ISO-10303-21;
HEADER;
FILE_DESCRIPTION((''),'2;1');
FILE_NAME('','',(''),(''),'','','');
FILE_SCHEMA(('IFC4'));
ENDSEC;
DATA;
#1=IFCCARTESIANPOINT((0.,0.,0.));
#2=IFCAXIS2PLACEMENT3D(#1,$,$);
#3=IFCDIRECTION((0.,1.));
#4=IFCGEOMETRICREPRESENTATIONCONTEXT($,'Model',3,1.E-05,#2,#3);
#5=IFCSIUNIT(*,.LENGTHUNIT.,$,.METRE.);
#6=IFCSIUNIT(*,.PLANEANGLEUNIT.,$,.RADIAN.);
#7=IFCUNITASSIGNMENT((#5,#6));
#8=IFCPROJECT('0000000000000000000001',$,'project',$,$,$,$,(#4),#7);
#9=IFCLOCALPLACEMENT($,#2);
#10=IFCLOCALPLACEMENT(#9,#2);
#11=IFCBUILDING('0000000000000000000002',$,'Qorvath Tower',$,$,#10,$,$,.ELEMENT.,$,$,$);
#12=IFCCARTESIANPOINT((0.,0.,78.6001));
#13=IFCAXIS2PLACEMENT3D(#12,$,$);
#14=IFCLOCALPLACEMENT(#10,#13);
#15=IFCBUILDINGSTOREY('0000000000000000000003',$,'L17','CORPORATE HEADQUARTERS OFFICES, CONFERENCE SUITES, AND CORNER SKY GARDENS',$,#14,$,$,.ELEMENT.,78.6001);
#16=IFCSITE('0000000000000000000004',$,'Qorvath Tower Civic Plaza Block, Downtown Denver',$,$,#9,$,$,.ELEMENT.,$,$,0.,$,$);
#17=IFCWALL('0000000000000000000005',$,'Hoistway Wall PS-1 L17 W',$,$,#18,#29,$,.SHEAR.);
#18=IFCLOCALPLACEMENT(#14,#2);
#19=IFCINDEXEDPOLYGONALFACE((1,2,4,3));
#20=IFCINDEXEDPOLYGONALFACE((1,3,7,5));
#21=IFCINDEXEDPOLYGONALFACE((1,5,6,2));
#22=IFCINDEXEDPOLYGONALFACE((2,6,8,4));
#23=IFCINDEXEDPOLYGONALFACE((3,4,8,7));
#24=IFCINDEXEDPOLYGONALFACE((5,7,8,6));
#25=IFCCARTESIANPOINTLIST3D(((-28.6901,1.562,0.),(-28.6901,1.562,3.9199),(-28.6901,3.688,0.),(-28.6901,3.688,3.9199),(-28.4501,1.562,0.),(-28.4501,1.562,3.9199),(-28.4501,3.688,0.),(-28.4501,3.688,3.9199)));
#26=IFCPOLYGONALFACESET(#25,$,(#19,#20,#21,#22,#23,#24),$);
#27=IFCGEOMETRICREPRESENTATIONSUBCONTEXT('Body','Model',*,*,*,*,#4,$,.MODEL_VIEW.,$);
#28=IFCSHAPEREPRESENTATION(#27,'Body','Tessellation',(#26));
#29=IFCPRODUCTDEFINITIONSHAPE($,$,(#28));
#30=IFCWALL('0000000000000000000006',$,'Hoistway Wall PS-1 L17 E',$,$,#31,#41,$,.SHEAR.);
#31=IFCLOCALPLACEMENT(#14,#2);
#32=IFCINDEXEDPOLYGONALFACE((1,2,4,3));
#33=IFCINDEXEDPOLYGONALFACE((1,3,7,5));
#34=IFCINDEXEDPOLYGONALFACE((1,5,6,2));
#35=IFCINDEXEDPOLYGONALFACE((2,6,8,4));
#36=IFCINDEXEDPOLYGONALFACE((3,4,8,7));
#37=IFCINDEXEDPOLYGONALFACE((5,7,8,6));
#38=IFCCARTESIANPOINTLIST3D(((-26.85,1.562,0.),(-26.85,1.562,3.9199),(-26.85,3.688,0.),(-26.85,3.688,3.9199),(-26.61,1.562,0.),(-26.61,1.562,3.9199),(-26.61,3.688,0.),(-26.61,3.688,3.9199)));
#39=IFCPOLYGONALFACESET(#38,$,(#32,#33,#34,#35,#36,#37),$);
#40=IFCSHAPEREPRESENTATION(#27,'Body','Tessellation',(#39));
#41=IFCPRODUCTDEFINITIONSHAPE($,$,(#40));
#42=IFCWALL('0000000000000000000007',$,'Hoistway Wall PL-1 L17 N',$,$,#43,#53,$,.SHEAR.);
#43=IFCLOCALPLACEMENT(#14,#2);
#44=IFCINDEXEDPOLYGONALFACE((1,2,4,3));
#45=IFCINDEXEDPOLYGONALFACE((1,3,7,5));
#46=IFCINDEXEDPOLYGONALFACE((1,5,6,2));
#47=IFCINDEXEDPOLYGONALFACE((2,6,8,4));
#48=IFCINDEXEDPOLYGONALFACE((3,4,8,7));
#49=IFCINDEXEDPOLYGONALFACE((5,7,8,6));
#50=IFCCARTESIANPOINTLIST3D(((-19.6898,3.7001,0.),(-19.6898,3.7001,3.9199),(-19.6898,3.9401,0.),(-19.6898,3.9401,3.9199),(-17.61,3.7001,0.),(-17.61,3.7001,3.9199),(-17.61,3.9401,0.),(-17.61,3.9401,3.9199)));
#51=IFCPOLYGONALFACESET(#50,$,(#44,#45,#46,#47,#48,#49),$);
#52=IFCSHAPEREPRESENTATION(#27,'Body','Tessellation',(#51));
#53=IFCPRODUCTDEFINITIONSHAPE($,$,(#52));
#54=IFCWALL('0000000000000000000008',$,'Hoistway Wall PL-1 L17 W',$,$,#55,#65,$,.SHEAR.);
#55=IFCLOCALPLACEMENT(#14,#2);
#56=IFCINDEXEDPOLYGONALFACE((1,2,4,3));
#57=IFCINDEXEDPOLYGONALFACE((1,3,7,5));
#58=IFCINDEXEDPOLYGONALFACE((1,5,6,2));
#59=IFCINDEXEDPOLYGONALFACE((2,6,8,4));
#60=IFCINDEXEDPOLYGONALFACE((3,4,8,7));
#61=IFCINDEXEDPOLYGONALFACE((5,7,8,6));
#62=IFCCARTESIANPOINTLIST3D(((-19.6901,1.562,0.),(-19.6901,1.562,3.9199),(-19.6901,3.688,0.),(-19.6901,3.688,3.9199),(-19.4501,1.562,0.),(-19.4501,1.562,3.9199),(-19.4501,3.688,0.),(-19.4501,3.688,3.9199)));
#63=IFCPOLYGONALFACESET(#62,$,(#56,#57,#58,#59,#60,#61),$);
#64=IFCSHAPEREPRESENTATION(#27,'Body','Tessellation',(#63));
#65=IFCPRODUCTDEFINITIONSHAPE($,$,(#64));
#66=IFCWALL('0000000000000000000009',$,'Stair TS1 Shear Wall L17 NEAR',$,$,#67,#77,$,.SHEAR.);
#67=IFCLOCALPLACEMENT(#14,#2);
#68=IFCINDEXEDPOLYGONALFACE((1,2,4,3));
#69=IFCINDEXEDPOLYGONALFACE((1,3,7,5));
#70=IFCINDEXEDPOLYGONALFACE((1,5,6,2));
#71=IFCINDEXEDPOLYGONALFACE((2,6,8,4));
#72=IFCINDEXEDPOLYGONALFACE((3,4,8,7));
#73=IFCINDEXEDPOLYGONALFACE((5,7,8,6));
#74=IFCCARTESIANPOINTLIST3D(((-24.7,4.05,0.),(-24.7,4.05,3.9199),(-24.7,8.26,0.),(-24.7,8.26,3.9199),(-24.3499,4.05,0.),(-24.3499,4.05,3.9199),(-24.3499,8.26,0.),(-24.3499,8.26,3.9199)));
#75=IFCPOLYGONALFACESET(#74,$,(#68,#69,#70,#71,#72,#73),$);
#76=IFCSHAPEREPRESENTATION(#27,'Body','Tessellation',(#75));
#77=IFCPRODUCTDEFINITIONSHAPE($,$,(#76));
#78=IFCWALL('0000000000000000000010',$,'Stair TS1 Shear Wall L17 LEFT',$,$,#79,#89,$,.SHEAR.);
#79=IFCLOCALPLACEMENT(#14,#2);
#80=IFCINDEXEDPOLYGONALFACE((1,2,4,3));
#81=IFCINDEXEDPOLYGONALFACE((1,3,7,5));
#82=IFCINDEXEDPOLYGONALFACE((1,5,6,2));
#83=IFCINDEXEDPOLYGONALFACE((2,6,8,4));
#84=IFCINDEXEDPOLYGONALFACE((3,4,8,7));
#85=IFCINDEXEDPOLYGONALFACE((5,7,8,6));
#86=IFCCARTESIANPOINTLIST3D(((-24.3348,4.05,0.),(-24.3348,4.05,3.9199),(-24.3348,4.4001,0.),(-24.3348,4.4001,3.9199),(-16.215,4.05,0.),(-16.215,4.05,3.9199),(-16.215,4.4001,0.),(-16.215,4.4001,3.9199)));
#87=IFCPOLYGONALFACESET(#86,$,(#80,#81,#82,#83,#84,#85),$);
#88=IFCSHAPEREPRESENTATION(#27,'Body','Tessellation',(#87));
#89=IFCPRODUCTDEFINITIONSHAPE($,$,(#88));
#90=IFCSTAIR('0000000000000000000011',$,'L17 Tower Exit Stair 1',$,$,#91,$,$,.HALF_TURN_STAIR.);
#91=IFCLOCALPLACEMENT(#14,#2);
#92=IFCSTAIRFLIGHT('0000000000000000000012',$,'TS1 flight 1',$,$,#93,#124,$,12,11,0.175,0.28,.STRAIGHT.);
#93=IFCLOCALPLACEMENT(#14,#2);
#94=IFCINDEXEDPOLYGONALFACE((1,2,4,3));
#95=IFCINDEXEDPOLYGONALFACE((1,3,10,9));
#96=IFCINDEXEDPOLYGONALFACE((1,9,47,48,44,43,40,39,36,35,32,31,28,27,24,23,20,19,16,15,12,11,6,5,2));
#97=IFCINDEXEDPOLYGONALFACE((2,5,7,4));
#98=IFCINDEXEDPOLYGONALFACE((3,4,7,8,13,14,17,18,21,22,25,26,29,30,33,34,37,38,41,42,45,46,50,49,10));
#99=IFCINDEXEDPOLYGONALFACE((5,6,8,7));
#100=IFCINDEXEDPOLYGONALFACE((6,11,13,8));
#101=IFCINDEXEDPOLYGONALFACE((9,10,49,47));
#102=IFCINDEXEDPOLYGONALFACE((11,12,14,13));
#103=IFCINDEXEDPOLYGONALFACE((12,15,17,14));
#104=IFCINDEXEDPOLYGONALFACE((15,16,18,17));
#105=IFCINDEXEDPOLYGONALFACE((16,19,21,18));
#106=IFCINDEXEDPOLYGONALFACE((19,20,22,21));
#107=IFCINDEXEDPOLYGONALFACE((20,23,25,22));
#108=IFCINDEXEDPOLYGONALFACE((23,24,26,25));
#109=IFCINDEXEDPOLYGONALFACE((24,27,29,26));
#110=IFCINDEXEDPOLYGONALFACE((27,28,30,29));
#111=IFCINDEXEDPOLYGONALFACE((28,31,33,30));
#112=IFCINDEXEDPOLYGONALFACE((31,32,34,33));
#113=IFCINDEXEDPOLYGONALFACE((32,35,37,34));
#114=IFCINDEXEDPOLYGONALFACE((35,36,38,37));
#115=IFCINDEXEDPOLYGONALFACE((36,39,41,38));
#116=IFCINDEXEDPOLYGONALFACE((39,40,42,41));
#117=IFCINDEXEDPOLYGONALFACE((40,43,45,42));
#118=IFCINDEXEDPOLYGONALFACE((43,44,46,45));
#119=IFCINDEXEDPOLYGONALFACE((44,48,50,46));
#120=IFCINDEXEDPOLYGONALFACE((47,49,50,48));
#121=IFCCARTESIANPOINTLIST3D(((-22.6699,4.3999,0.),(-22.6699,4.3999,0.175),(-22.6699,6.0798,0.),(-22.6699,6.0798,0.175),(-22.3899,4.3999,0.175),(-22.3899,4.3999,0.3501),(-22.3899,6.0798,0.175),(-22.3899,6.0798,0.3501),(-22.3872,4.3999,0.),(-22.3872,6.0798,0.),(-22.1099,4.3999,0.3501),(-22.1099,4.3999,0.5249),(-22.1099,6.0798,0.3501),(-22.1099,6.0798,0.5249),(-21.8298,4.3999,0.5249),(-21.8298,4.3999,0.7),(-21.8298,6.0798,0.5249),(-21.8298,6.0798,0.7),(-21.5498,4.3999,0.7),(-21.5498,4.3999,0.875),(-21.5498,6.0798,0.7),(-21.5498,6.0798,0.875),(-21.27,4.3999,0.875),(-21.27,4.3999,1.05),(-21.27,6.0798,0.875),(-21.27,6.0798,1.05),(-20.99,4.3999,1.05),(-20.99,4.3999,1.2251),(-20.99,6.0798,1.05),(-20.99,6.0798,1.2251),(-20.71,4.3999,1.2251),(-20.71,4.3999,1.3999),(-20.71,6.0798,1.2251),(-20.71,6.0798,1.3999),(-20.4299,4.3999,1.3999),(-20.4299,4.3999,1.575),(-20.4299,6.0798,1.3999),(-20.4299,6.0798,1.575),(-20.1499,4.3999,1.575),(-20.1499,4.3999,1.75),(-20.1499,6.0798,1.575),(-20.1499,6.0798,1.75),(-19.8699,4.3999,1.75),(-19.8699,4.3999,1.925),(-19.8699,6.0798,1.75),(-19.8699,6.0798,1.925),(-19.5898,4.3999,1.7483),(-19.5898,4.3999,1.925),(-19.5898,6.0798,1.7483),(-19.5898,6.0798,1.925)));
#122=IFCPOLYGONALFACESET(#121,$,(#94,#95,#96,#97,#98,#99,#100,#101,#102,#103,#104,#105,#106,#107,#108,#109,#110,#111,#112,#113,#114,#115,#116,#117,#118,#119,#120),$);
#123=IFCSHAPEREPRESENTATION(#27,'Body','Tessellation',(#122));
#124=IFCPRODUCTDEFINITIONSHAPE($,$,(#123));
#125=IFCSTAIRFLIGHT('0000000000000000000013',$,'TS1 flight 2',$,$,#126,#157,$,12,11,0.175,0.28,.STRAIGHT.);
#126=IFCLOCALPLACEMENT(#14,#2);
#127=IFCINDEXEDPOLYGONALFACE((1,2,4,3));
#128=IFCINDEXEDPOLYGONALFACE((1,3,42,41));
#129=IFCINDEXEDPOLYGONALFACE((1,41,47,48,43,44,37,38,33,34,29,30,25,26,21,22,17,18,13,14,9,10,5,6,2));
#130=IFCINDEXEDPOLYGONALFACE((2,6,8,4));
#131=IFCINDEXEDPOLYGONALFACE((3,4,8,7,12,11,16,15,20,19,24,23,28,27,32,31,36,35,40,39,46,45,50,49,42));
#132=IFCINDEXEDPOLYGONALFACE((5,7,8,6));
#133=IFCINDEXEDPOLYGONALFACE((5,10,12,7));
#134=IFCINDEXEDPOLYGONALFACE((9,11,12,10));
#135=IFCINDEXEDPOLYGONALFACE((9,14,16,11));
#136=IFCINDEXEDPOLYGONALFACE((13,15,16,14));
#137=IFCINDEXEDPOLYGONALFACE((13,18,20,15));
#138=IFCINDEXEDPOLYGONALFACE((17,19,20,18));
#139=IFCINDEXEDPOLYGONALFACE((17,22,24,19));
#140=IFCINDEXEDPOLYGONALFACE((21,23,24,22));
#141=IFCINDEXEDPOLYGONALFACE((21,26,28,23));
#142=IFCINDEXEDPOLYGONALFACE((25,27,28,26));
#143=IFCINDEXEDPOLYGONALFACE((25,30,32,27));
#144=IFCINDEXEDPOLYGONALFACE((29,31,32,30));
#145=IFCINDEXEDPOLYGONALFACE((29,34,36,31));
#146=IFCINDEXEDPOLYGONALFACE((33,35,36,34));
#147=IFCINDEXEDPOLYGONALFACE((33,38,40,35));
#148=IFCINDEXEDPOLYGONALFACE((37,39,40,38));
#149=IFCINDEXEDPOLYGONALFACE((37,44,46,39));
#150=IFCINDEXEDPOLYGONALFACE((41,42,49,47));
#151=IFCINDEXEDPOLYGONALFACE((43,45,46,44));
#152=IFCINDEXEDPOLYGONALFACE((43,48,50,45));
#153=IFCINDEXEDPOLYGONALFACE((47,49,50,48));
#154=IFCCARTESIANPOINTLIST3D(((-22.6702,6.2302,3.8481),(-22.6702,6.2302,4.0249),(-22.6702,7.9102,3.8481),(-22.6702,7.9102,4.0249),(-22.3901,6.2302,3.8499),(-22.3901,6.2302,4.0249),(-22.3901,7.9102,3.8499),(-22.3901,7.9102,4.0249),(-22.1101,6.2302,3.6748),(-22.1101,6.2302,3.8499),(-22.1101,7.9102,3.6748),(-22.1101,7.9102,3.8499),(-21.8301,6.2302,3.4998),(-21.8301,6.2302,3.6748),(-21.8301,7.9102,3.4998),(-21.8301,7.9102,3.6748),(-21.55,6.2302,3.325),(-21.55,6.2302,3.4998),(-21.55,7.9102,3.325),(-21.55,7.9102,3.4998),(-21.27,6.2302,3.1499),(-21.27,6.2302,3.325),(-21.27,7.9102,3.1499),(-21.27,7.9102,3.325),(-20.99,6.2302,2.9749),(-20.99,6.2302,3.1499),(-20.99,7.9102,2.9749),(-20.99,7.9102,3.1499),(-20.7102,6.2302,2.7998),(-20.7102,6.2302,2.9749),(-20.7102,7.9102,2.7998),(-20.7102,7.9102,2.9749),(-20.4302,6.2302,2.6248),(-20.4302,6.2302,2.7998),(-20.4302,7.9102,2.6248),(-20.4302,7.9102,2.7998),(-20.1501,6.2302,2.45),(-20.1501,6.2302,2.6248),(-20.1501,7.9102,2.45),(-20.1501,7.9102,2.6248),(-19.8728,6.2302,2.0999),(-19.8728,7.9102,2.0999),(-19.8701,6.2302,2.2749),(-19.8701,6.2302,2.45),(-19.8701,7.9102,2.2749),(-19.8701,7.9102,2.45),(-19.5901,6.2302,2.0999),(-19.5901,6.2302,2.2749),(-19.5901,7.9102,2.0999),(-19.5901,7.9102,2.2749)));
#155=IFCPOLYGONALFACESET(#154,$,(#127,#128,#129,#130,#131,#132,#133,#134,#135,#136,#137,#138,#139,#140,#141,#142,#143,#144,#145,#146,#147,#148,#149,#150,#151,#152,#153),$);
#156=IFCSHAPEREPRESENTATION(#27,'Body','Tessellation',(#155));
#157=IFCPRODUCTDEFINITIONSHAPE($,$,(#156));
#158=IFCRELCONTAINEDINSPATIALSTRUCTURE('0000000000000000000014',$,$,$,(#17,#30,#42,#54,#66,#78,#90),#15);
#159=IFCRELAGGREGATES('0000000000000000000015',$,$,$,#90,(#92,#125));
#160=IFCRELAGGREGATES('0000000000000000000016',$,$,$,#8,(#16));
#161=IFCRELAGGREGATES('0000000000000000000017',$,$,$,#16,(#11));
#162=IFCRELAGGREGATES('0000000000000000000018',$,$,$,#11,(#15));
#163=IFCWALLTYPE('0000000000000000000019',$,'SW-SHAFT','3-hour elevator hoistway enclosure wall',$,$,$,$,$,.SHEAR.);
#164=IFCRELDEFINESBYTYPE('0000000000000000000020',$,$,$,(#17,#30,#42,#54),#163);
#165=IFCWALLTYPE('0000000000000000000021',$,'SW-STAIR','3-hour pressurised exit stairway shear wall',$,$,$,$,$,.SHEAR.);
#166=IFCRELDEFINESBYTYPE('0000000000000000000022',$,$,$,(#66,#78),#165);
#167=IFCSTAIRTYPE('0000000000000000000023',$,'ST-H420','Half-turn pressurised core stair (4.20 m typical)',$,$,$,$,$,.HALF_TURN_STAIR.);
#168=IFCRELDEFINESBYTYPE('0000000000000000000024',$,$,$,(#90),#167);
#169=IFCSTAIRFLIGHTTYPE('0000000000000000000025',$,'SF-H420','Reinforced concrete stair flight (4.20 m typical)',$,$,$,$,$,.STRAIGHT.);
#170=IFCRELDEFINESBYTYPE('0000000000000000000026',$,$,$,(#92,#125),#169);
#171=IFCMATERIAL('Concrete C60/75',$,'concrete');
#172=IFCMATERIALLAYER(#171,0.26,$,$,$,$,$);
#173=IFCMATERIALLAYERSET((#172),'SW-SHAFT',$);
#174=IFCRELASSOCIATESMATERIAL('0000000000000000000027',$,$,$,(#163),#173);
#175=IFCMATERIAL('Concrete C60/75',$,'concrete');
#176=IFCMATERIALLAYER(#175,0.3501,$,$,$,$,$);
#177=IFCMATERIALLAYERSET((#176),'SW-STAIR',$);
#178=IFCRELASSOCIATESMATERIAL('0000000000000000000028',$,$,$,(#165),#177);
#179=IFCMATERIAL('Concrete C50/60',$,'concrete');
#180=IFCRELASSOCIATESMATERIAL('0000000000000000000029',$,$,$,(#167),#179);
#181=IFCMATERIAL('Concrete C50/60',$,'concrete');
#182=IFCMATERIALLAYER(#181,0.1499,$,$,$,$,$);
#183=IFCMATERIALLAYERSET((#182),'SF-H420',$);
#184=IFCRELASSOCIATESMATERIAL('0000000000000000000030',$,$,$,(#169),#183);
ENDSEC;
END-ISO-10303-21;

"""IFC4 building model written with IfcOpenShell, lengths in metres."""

from ifc_helpers import new_model, si_unit, direction, frame, frame_2d, origin, place, context, subcontext, project, spatial, polyline, rectangle, outline, extrude, material, layer, layer_set, type_object, element, aggregate, save


model = new_model("IFC4")

# Units and contexts
model_context = context("Model", 3, precision=1e-05, world=origin(), true_north=direction((0.0, 1.0)))
body_context = subcontext(model_context, "Body", "Model", "MODEL_VIEW")
ifc_project = project(units=[si_unit("LENGTHUNIT", "METRE"), si_unit("PLANEANGLEUNIT", "RADIAN")], contexts=[model_context])

# Site, building, storey
site_placement = place(None, origin())
site = spatial("IfcSite", under=ifc_project, at=site_placement, Name="Qorvath Tower Civic Plaza Block, Downtown Denver", CompositionType="ELEMENT", RefElevation=0.0)
building_placement = place(site_placement, origin())
building = spatial("IfcBuilding", under=site, at=building_placement, Name="Qorvath Tower", CompositionType="ELEMENT")
storey_placement = place(building_placement, frame((0.0, 0.0, 78.6001)))
storey = spatial("IfcBuildingStorey", under=building, at=storey_placement, Name="L17", Description="CORPORATE HEADQUARTERS OFFICES, CONFERENCE SUITES, AND CORNER SKY GARDENS", CompositionType="ELEMENT", Elevation=78.6001)

# Shared definitions
ifc_material_1 = material(Name="Concrete C60/75", Category="concrete")
ifc_layer_1 = layer(ifc_material_1, 0.26)
ifc_layer_set_1 = layer_set([ifc_layer_1], Name="SW-SHAFT")
wall_type_1 = type_object("IfcWallType", Name="SW-SHAFT", Description="3-hour elevator hoistway enclosure wall", PredefinedType="SHEAR", material=ifc_layer_set_1)

# Walls
for number, where, z_axis, x_axis, name in (
    (1, (-28.5701, 1.562, 0.0), (0.0, 0.0, 1.0), (0.0, 1.0, 0.0), "Hoistway Wall PS-1 L17 W"),
    (2, (-26.73, 3.688, 0.0), (0.0, 0.0, 1.0), (0.0, -1.0, 0.0), "Hoistway Wall PS-1 L17 E"),
):
    element("IfcWall", number, at=place(storey_placement, frame(where, z_axis=z_axis, x_axis=x_axis)), inside=storey, type_object=wall_type_1, Name=name, PredefinedType="SHEAR", context=body_context, shape_type="SweptSolid", body=[
        extrude(rectangle(XDim=2.126, YDim=0.24, at=frame_2d((1.063, 0.0))), origin(), (0.0, 0.0, 1.0), 3.9199),
    ])
wall_1_placement = place(storey_placement, frame((-19.6899, 3.8201, 0.0), z_axis=(0.0, 0.0, 1.0), x_axis=(1.0, 0.0, 0.0)))
element("IfcWall", 3, at=wall_1_placement, inside=storey, type_object=wall_type_1, Name="Hoistway Wall PL-1 L17 N", PredefinedType="SHEAR", context=body_context, shape_type="SweptSolid", body=[
    extrude(rectangle(XDim=2.0798, YDim=0.24, at=frame_2d((1.04, 0.0))), origin(), (0.0, 0.0, 1.0), 3.9199),
])
wall_2_placement = place(storey_placement, frame((-19.5701, 1.562, 0.0), z_axis=(0.0, 0.0, 1.0), x_axis=(0.0, 1.0, 0.0)))
element("IfcWall", 4, at=wall_2_placement, inside=storey, type_object=wall_type_1, Name="Hoistway Wall PL-1 L17 W", PredefinedType="SHEAR", context=body_context, shape_type="SweptSolid", body=[
    extrude(rectangle(XDim=2.126, YDim=0.24, at=frame_2d((1.063, 0.0))), origin(), (0.0, 0.0, 1.0), 3.9199),
])
ifc_material_2 = material(Name="Concrete C60/75", Category="concrete")
ifc_layer_2 = layer(ifc_material_2, 0.3501)
ifc_layer_set_2 = layer_set([ifc_layer_2], Name="SW-STAIR")
wall_type_2 = type_object("IfcWallType", Name="SW-STAIR", Description="3-hour pressurised exit stairway shear wall", PredefinedType="SHEAR", material=ifc_layer_set_2)
wall_3_placement = place(storey_placement, frame((-24.5249, 8.26, 0.0), z_axis=(0.0, 0.0, 1.0), x_axis=(0.0, -1.0, 0.0)))
element("IfcWall", 5, at=wall_3_placement, inside=storey, type_object=wall_type_2, Name="Stair TS1 Shear Wall L17 NEAR", PredefinedType="SHEAR", context=body_context, shape_type="SweptSolid", body=[
    extrude(rectangle(XDim=4.21, YDim=0.3501, at=frame_2d((2.105, 0.0))), origin(), (0.0, 0.0, 1.0), 3.9199),
])
wall_4_placement = place(storey_placement, frame((-24.335, 4.2251, 0.0), z_axis=(0.0, 0.0, 1.0), x_axis=(1.0, 0.0, 0.0)))
element("IfcWall", 6, at=wall_4_placement, inside=storey, type_object=wall_type_2, Name="Stair TS1 Shear Wall L17 LEFT", PredefinedType="SHEAR", context=body_context, shape_type="SweptSolid", body=[
    extrude(rectangle(XDim=8.1199, YDim=0.3501, at=frame_2d((4.0601, 0.0))), origin(), (0.0, 0.0, 1.0), 3.9199),
])

# Stair, stair flights
ifc_material_3 = material(Name="Concrete C50/60", Category="concrete")
stair_type = type_object("IfcStairType", Name="ST-H420", Description="Half-turn pressurised core stair (4.20 m typical)", PredefinedType="HALF_TURN_STAIR", material=ifc_material_3)
stair_placement = place(storey_placement, origin())
stair = element("IfcStair", 7, at=stair_placement, inside=storey, type_object=stair_type, Name="L17 Tower Exit Stair 1", PredefinedType="HALF_TURN_STAIR")
ifc_material_4 = material(Name="Concrete C50/60", Category="concrete")
ifc_layer_3 = layer(ifc_material_4, 0.1499)
ifc_layer_set_3 = layer_set([ifc_layer_3], Name="SF-H420")
stair_flight_type = type_object("IfcStairFlightType", Name="SF-H420", Description="Reinforced concrete stair flight (4.20 m typical)", PredefinedType="STRAIGHT", material=ifc_layer_set_3)
stair_flight_1_placement = place(storey_placement, frame((-22.6699, 5.24, 0.0), z_axis=(0.0, 0.0, 1.0), x_axis=(1.0, 0.0, 0.0)))
stair_flight_1 = element("IfcStairFlight", 8, at=stair_flight_1_placement, type_object=stair_flight_type, Name="TS1 flight 1", NumberOfRisers=12, NumberOfTreads=11, PredefinedType="STRAIGHT", RiserHeight=0.175, TreadLength=0.28, context=body_context, shape_type="SweptSolid", body=[
    extrude(outline(polyline([(0.0, 0.0), (0.0, 0.175), (0.28, 0.175), (0.28, 0.3501), (0.5601, 0.3501), (0.5601, 0.5249), (0.8401, 0.5249), (0.8401, 0.7), (1.1201, 0.7), (1.1201, 0.875), (1.3999, 0.875), (1.3999, 1.05), (1.6799, 1.05), (1.6799, 1.2251), (1.96, 1.2251), (1.96, 1.3999), (2.24, 1.3999), (2.24, 1.575), (2.52, 1.575), (2.52, 1.75), (2.8, 1.75), (2.8, 1.925), (3.0801, 1.925), (3.0801, 2.1001), (3.0801, 1.7483), (0.2827, 0.0), (0.0, 0.0)])), frame((0.0, 0.8398, 0.0), z_axis=(0.0, -1.0, 0.0), x_axis=(1.0, 0.0, 0.0)), (0.0, 0.0, 1.0), 1.6799),
])
stair_flight_2_placement = place(storey_placement, frame((-19.5901, 7.0701, 2.0999), z_axis=(0.0, 0.0, 1.0), x_axis=(-1.0, 0.0, 0.0)))
stair_flight_2 = element("IfcStairFlight", 9, at=stair_flight_2_placement, type_object=stair_flight_type, Name="TS1 flight 2", NumberOfRisers=12, NumberOfTreads=11, PredefinedType="STRAIGHT", RiserHeight=0.175, TreadLength=0.28, context=body_context, shape_type="SweptSolid", body=[
    extrude(outline(polyline([(0.0, 0.0), (0.0, 0.175), (0.28, 0.175), (0.28, 0.3501), (0.5601, 0.3501), (0.5601, 0.5249), (0.8401, 0.5249), (0.8401, 0.7), (1.1201, 0.7), (1.1201, 0.875), (1.3999, 0.875), (1.3999, 1.05), (1.6799, 1.05), (1.6799, 1.2251), (1.96, 1.2251), (1.96, 1.3999), (2.24, 1.3999), (2.24, 1.575), (2.52, 1.575), (2.52, 1.75), (2.8, 1.75), (2.8, 1.925), (3.0801, 1.925), (3.0801, 2.1001), (3.0801, 1.7483), (0.2827, 0.0), (0.0, 0.0)])), frame((0.0, 0.8398, 0.0), z_axis=(0.0, -1.0, 0.0), x_axis=(1.0, 0.0, 0.0)), (0.0, 0.0, 1.0), 1.6799),
])
aggregate(stair, [stair_flight_1, stair_flight_2])

save(model, "model.ifc")
